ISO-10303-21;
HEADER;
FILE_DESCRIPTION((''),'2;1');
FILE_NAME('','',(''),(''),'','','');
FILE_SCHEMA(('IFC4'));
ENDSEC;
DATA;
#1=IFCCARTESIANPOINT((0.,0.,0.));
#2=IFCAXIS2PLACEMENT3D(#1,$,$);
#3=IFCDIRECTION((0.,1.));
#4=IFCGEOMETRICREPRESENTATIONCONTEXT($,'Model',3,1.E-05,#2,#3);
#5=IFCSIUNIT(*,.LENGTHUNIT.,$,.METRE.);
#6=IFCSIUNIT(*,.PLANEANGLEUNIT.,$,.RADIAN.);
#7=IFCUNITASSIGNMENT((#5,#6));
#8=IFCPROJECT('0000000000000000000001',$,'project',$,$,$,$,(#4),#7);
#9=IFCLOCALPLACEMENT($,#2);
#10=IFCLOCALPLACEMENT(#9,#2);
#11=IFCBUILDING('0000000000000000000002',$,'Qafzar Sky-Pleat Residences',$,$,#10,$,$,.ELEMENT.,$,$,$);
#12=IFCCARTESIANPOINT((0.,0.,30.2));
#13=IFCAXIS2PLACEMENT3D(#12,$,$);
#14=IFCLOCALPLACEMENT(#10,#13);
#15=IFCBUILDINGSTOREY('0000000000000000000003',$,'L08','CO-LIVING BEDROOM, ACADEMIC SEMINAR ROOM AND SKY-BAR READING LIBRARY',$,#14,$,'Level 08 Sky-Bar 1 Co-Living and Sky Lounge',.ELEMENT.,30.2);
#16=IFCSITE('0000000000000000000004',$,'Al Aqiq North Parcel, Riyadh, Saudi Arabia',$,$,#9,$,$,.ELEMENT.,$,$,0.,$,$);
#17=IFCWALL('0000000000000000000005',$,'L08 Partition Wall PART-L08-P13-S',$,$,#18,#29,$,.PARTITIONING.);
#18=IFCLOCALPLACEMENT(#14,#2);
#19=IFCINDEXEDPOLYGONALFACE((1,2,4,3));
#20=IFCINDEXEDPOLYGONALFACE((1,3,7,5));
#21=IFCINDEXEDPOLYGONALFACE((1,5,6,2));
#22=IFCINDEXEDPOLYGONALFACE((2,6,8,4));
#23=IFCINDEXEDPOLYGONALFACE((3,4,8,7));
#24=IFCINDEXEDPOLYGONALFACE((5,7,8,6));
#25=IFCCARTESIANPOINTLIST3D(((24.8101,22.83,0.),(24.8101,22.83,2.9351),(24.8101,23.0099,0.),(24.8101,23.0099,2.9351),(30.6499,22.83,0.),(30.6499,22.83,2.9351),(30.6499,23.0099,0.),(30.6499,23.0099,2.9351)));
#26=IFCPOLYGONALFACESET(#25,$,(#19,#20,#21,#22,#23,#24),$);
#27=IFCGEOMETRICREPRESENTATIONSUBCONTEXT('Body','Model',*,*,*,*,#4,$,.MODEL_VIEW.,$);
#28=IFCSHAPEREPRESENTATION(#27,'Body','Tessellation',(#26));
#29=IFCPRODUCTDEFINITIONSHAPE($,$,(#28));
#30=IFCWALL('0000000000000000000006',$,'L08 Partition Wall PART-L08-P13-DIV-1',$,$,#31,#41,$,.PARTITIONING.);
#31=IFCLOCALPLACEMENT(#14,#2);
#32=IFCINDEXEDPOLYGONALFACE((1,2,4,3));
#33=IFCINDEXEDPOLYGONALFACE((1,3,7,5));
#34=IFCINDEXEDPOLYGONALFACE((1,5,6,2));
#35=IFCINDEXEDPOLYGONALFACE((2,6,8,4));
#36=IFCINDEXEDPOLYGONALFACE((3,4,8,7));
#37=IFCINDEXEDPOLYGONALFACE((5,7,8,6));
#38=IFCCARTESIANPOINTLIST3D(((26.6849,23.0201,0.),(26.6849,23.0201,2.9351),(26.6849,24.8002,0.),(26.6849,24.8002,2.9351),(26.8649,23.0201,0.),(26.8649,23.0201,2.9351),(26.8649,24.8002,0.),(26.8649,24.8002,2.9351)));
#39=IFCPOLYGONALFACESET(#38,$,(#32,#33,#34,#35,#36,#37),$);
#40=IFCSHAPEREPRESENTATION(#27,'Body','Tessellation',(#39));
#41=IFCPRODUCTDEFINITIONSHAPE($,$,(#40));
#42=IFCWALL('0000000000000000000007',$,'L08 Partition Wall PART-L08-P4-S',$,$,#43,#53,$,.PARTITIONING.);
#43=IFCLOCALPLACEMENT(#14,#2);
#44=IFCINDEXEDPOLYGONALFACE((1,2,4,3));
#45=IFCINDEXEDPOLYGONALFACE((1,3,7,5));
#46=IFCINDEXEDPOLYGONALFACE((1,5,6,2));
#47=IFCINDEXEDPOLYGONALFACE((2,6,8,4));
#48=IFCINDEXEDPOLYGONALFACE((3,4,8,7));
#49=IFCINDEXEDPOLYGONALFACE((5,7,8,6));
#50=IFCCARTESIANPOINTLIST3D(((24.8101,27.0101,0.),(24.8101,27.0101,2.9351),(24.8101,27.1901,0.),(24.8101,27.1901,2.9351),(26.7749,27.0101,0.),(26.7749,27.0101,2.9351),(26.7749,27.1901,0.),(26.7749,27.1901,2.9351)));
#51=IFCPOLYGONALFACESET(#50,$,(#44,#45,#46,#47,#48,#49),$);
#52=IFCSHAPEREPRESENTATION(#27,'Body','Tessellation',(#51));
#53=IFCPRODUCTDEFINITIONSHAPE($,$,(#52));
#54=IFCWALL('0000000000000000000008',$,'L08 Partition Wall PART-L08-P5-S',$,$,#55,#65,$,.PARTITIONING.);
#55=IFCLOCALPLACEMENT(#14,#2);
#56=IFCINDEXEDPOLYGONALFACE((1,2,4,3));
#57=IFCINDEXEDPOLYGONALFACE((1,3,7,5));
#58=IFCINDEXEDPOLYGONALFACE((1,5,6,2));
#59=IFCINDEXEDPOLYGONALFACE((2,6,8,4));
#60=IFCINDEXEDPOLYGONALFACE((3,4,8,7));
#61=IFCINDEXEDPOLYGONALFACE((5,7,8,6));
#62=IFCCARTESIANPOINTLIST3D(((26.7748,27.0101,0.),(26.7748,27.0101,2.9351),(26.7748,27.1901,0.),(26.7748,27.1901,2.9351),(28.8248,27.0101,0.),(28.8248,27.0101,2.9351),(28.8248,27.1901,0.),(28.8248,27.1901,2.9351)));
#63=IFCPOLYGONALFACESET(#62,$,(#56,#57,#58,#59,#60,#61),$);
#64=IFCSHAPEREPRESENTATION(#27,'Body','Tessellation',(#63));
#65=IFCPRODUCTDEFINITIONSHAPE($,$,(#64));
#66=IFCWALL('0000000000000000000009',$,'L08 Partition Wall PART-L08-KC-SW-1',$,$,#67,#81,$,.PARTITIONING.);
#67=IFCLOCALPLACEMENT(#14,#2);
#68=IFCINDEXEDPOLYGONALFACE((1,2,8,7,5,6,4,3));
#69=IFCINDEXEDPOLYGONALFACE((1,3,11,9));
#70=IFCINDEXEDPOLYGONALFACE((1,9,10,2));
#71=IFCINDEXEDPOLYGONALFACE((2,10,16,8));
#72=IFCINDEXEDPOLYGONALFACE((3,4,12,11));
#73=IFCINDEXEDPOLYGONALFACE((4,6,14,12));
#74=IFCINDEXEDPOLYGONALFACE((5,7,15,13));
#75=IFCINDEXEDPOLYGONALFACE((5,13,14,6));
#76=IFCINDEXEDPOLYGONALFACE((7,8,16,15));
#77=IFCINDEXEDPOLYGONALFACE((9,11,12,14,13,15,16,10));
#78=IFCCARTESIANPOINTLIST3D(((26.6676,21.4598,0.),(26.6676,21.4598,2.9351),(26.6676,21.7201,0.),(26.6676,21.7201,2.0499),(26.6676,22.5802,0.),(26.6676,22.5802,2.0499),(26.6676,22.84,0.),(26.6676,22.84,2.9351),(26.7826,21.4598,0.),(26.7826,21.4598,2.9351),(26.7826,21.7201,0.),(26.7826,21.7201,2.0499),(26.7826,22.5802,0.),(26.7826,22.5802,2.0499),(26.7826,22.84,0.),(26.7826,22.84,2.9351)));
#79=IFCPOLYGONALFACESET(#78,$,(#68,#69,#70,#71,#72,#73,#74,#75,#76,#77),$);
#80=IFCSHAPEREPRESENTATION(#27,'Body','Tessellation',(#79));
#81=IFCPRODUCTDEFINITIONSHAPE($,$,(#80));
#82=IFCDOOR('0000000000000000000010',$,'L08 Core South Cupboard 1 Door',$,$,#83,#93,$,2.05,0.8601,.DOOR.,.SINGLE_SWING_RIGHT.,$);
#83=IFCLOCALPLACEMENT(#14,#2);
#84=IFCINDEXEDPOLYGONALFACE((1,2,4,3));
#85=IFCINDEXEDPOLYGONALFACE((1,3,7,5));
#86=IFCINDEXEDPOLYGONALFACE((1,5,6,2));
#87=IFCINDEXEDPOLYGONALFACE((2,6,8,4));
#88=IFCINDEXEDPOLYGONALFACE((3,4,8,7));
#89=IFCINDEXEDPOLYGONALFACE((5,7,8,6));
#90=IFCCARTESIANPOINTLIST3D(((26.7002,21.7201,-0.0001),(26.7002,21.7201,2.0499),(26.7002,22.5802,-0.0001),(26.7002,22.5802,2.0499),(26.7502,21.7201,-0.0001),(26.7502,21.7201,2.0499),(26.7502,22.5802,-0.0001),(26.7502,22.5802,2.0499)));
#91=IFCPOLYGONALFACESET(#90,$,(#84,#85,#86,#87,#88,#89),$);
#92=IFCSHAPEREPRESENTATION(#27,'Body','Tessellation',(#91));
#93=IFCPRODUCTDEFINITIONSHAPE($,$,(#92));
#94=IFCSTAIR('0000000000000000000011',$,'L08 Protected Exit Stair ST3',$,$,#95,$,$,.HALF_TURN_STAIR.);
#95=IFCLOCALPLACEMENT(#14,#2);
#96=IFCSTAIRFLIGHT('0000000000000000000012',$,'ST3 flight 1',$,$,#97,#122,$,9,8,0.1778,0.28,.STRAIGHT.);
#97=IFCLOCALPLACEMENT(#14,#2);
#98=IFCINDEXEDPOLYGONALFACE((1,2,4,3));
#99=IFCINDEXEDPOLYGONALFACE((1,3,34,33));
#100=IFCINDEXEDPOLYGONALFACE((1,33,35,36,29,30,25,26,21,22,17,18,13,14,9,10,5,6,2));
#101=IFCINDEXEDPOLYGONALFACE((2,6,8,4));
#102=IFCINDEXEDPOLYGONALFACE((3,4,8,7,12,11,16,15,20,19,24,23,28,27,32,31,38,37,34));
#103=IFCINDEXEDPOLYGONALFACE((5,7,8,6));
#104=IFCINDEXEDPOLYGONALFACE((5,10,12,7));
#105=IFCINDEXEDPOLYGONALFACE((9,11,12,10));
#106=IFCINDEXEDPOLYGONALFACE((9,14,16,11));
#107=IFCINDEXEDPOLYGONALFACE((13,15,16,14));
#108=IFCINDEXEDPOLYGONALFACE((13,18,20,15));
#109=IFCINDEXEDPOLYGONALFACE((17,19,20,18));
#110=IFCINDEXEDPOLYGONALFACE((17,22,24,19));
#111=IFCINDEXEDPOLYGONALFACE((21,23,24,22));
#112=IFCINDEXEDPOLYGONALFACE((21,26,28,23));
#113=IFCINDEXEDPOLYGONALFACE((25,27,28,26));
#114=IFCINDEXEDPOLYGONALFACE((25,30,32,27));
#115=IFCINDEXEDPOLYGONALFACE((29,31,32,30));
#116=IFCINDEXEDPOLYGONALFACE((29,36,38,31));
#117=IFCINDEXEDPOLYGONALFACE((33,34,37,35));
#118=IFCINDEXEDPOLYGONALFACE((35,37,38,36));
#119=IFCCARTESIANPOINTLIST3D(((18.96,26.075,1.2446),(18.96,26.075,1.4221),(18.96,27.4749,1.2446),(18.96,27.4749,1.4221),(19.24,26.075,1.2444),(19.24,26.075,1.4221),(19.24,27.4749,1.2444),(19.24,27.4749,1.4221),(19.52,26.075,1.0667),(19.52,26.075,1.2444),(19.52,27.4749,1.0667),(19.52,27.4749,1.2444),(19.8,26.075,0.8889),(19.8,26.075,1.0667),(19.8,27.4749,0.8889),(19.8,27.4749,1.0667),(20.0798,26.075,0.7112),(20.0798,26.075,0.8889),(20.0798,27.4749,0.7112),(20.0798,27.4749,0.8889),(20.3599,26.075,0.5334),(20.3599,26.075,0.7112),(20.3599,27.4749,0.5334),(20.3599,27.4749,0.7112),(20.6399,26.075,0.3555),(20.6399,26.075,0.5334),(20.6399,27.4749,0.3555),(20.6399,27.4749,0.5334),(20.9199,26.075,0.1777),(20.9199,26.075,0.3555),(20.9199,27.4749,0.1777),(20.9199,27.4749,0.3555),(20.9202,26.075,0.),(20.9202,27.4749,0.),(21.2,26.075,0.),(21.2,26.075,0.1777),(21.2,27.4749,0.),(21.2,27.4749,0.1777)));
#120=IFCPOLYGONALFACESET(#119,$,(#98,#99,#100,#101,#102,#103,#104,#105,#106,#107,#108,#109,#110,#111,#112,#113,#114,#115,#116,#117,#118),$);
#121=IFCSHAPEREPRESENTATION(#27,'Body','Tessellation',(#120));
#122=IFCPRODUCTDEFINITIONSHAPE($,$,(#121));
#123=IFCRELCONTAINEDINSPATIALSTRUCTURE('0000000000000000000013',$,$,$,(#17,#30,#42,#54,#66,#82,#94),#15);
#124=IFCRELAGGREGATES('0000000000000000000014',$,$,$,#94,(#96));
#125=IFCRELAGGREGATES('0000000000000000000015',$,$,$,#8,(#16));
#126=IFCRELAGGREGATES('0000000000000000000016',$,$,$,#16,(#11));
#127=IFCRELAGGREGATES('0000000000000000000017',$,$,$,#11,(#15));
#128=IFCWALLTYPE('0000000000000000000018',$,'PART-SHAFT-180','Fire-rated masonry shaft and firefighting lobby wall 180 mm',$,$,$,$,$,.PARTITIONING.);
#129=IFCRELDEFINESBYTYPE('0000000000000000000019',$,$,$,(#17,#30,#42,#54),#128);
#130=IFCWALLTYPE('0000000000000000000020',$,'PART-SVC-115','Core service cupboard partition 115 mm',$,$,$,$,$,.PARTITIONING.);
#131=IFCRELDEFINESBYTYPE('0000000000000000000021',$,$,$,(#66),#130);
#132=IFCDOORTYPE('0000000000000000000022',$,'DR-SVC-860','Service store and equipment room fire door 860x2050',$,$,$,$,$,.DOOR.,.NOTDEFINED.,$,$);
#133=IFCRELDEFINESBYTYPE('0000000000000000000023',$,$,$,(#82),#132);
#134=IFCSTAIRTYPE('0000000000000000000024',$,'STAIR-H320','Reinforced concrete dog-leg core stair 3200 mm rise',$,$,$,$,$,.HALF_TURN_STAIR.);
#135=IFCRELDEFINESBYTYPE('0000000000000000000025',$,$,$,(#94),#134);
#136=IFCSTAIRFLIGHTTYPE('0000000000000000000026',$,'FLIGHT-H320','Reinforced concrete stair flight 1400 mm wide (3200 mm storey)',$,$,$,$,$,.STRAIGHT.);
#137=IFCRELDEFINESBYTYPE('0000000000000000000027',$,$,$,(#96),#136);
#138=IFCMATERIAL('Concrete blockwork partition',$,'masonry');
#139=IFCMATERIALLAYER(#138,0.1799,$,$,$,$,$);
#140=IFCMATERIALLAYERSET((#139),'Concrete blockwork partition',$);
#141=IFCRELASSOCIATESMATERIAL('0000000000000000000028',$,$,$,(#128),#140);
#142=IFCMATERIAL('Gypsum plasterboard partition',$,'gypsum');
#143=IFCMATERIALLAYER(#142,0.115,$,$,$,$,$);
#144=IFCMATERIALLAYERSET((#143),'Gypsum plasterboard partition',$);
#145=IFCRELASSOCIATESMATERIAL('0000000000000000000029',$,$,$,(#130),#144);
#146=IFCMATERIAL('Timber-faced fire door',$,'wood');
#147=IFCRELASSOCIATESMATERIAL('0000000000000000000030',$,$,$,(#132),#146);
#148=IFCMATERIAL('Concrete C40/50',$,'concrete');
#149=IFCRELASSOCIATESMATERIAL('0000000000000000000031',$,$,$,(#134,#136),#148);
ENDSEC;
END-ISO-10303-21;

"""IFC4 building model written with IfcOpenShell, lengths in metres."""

from ifc_helpers import new_model, si_unit, direction, frame, frame_2d, origin, place, context, subcontext, project, spatial, polyline, rectangle, outline, extrude, source, transform, mapped, material, layer, layer_set, type_object, element, fill, aggregate, save


model = new_model("IFC4")

# Units and contexts
model_context = context("Model", 3, precision=1e-05, world=origin(), true_north=direction((0.0, 1.0)))
body_context = subcontext(model_context, "Body", "Model", "MODEL_VIEW")
ifc_project = project(units=[si_unit("LENGTHUNIT", "METRE"), si_unit("PLANEANGLEUNIT", "RADIAN")], contexts=[model_context])

# Site, building, storey
site_placement = place(None, origin())
site = spatial("IfcSite", under=ifc_project, at=site_placement, Name="Al Aqiq North Parcel, Riyadh, Saudi Arabia", CompositionType="ELEMENT", RefElevation=0.0)
building_placement = place(site_placement, origin())
building = spatial("IfcBuilding", under=site, at=building_placement, Name="Qafzar Sky-Pleat Residences", CompositionType="ELEMENT")
storey_placement = place(building_placement, frame((0.0, 0.0, 30.2)))
storey = spatial("IfcBuildingStorey", under=building, at=storey_placement, Name="L08", Description="CO-LIVING BEDROOM, ACADEMIC SEMINAR ROOM AND SKY-BAR READING LIBRARY", LongName="Level 08 Sky-Bar 1 Co-Living and Sky Lounge", CompositionType="ELEMENT", Elevation=30.2)

# Wall
ifc_material_1 = material(Name="Concrete blockwork partition", Category="masonry")
ifc_layer_1 = layer(ifc_material_1, 0.1799)
ifc_layer_set_1 = layer_set([ifc_layer_1], Name="Concrete blockwork partition")
wall_type_1 = type_object("IfcWallType", Name="PART-SHAFT-180", Description="Fire-rated masonry shaft and firefighting lobby wall 180 mm", PredefinedType="PARTITIONING", material=ifc_layer_set_1)
wall_1_placement = place(storey_placement, frame((24.8101, 22.9199, 0.0), z_axis=(0.0, 0.0, 1.0), x_axis=(1.0, 0.0, 0.0)))
element("IfcWall", 1, at=wall_1_placement, inside=storey, type_object=wall_type_1, Name="L08 Partition Wall PART-L08-P13-S", PredefinedType="PARTITIONING", context=body_context, shape_type="SweptSolid", body=[
    extrude(rectangle(XDim=5.8398, YDim=0.1799, at=frame_2d((2.9199, 0.0))), origin(), (0.0, 0.0, 1.0), 2.9351),
])

# Walls
wall_2_placement = place(storey_placement, frame((26.7749, 23.02, 0.0), z_axis=(0.0, 0.0, 1.0), x_axis=(0.0, 1.0, 0.0)))
element("IfcWall", 2, at=wall_2_placement, inside=storey, type_object=wall_type_1, Name="L08 Partition Wall PART-L08-P13-DIV-1", PredefinedType="PARTITIONING", context=body_context, shape_type="SweptSolid", body=[
    extrude(rectangle(XDim=1.78, YDim=0.1799, at=frame_2d((0.8901, 0.0))), origin(), (0.0, 0.0, 1.0), 2.9351),
])
wall_3_placement = place(storey_placement, frame((24.8101, 27.1001, 0.0), z_axis=(0.0, 0.0, 1.0), x_axis=(1.0, 0.0, 0.0)))
element("IfcWall", 3, at=wall_3_placement, inside=storey, type_object=wall_type_1, Name="L08 Partition Wall PART-L08-P4-S", PredefinedType="PARTITIONING", context=body_context, shape_type="SweptSolid", body=[
    extrude(rectangle(XDim=1.9648, YDim=0.1799, at=frame_2d((0.9824, 0.0))), origin(), (0.0, 0.0, 1.0), 2.9351),
])
wall_4_placement = place(storey_placement, frame((26.7749, 27.1001, 0.0), z_axis=(0.0, 0.0, 1.0), x_axis=(1.0, 0.0, 0.0)))
element("IfcWall", 4, at=wall_4_placement, inside=storey, type_object=wall_type_1, Name="L08 Partition Wall PART-L08-P5-S", PredefinedType="PARTITIONING", context=body_context, shape_type="SweptSolid", body=[
    extrude(rectangle(XDim=2.05, YDim=0.1799, at=frame_2d((1.0249, 0.0))), origin(), (0.0, 0.0, 1.0), 2.9351),
])

# Wall, opening, door
ifc_material_2 = material(Name="Gypsum plasterboard partition", Category="gypsum")
ifc_layer_2 = layer(ifc_material_2, 0.115)
ifc_layer_set_2 = layer_set([ifc_layer_2], Name="Gypsum plasterboard partition")
wall_type_2 = type_object("IfcWallType", Name="PART-SVC-115", Description="Core service cupboard partition 115 mm", PredefinedType="PARTITIONING", material=ifc_layer_set_2)
wall_5_placement = place(storey_placement, frame((26.7251, 21.46, 0.0), z_axis=(0.0, 0.0, 1.0), x_axis=(0.0, 1.0, 0.0)))
wall_5 = element("IfcWall", 5, at=wall_5_placement, inside=storey, type_object=wall_type_2, Name="L08 Partition Wall PART-L08-KC-SW-1", PredefinedType="PARTITIONING", context=body_context, shape_type="SweptSolid", body=[
    extrude(rectangle(XDim=1.3801, YDim=0.115, at=frame_2d((0.6899, 0.0))), origin(), (0.0, 0.0, 1.0), 2.9351),
])
opening_1_placement = place(wall_5_placement, frame((0.26, 0.0, 0.0)))
opening_1 = element("IfcOpeningElement", 6, at=opening_1_placement, cuts=wall_5, PredefinedType="OPENING", context=body_context, shape_type="SweptSolid", body=[
    extrude(rectangle(XDim=0.8601, YDim=2.05, at=frame_2d((0.4302, 1.0249))), frame((0.0, 0.0674, 0.0), z_axis=(0.0, -1.0, 0.0), x_axis=(1.0, 0.0, 0.0)), (0.0, 0.0, 1.0), 0.135),
])
ifc_material_3 = material(Name="Timber-faced fire door", Category="wood")
door_type_1 = type_object("IfcDoorType", Name="DR-SVC-860", Description="Service store and equipment room fire door 860x2050", OperationType="NOTDEFINED", PredefinedType="DOOR", material=ifc_material_3)
shared_shape_1 = source(origin(), body_context, "Body", "SweptSolid", [
    extrude(rectangle(XDim=0.8601, YDim=2.05, at=frame_2d((0.4302, 1.0249))), frame((0.0, 0.0249, 0.0), z_axis=(0.0, -1.0, 0.0), x_axis=(1.0, 0.0, 0.0)), (0.0, 0.0, 1.0), 0.05),
])
door_1_placement = place(opening_1_placement, origin())
door_1 = element("IfcDoor", 7, at=door_1_placement, inside=storey, type_object=door_type_1, Name="L08 Core South Cupboard 1 Door", OperationType="SINGLE_SWING_RIGHT", OverallHeight=2.05, OverallWidth=0.8601, PredefinedType="DOOR", context=body_context, shape_type="MappedRepresentation", body=[
    mapped(shared_shape_1, transform((0.0, 0.0, 0.0), x_axis=(1.0, 0.0, 0.0), y_axis=(0.0, 1.0, 0.0), z_axis=(0.0, 0.0, 1.0), scale=1.0)),
])
fill(opening_1, door_1)

# Stair, stair flight
ifc_material_4 = material(Name="Concrete C40/50", Category="concrete")
stair_type = type_object("IfcStairType", Name="STAIR-H320", Description="Reinforced concrete dog-leg core stair 3200 mm rise", PredefinedType="HALF_TURN_STAIR", material=ifc_material_4)
stair_placement = place(storey_placement, origin())
stair = element("IfcStair", 8, at=stair_placement, inside=storey, type_object=stair_type, Name="L08 Protected Exit Stair ST3", PredefinedType="HALF_TURN_STAIR")
stair_flight_type = type_object("IfcStairFlightType", Name="FLIGHT-H320", Description="Reinforced concrete stair flight 1400 mm wide (3200 mm storey)", PredefinedType="STRAIGHT", material=ifc_material_4)
shared_shape_2 = source(origin(), body_context, "Body", "SweptSolid", [
    extrude(outline(polyline([(0.0, 0.0), (0.0, 0.1777), (0.28, 0.1777), (0.28, 0.3555), (0.5601, 0.3555), (0.5601, 0.5334), (0.8401, 0.5334), (0.8401, 0.7112), (1.1201, 0.7112), (1.1201, 0.8889), (1.3999, 0.8889), (1.3999, 1.0667), (1.6799, 1.0667), (1.6799, 1.2444), (1.96, 1.2444), (1.96, 1.4221), (2.24, 1.4221), (2.24, 1.6001), (2.24, 1.2446), (0.2798, 0.0), (0.0, 0.0)])), frame((0.0, 0.7, 0.0), z_axis=(0.0, -1.0, 0.0), x_axis=(1.0, 0.0, 0.0)), (0.0, 0.0, 1.0), 1.3999),
])
stair_flight_placement = place(storey_placement, frame((21.2, 26.7749, 0.0), z_axis=(0.0, 0.0, 1.0), x_axis=(-1.0, 0.0, 0.0)))
stair_flight = element("IfcStairFlight", 9, at=stair_flight_placement, type_object=stair_flight_type, Name="ST3 flight 1", NumberOfRisers=9, NumberOfTreads=8, PredefinedType="STRAIGHT", RiserHeight=0.1778, TreadLength=0.28, context=body_context, shape_type="MappedRepresentation", body=[
    mapped(shared_shape_2, transform((0.0, 0.0, 0.0), x_axis=(1.0, 0.0, 0.0), y_axis=(0.0, 1.0, 0.0), z_axis=(0.0, 0.0, 1.0), scale=1.0)),
])
aggregate(stair, [stair_flight])

save(model, "model.ifc")
